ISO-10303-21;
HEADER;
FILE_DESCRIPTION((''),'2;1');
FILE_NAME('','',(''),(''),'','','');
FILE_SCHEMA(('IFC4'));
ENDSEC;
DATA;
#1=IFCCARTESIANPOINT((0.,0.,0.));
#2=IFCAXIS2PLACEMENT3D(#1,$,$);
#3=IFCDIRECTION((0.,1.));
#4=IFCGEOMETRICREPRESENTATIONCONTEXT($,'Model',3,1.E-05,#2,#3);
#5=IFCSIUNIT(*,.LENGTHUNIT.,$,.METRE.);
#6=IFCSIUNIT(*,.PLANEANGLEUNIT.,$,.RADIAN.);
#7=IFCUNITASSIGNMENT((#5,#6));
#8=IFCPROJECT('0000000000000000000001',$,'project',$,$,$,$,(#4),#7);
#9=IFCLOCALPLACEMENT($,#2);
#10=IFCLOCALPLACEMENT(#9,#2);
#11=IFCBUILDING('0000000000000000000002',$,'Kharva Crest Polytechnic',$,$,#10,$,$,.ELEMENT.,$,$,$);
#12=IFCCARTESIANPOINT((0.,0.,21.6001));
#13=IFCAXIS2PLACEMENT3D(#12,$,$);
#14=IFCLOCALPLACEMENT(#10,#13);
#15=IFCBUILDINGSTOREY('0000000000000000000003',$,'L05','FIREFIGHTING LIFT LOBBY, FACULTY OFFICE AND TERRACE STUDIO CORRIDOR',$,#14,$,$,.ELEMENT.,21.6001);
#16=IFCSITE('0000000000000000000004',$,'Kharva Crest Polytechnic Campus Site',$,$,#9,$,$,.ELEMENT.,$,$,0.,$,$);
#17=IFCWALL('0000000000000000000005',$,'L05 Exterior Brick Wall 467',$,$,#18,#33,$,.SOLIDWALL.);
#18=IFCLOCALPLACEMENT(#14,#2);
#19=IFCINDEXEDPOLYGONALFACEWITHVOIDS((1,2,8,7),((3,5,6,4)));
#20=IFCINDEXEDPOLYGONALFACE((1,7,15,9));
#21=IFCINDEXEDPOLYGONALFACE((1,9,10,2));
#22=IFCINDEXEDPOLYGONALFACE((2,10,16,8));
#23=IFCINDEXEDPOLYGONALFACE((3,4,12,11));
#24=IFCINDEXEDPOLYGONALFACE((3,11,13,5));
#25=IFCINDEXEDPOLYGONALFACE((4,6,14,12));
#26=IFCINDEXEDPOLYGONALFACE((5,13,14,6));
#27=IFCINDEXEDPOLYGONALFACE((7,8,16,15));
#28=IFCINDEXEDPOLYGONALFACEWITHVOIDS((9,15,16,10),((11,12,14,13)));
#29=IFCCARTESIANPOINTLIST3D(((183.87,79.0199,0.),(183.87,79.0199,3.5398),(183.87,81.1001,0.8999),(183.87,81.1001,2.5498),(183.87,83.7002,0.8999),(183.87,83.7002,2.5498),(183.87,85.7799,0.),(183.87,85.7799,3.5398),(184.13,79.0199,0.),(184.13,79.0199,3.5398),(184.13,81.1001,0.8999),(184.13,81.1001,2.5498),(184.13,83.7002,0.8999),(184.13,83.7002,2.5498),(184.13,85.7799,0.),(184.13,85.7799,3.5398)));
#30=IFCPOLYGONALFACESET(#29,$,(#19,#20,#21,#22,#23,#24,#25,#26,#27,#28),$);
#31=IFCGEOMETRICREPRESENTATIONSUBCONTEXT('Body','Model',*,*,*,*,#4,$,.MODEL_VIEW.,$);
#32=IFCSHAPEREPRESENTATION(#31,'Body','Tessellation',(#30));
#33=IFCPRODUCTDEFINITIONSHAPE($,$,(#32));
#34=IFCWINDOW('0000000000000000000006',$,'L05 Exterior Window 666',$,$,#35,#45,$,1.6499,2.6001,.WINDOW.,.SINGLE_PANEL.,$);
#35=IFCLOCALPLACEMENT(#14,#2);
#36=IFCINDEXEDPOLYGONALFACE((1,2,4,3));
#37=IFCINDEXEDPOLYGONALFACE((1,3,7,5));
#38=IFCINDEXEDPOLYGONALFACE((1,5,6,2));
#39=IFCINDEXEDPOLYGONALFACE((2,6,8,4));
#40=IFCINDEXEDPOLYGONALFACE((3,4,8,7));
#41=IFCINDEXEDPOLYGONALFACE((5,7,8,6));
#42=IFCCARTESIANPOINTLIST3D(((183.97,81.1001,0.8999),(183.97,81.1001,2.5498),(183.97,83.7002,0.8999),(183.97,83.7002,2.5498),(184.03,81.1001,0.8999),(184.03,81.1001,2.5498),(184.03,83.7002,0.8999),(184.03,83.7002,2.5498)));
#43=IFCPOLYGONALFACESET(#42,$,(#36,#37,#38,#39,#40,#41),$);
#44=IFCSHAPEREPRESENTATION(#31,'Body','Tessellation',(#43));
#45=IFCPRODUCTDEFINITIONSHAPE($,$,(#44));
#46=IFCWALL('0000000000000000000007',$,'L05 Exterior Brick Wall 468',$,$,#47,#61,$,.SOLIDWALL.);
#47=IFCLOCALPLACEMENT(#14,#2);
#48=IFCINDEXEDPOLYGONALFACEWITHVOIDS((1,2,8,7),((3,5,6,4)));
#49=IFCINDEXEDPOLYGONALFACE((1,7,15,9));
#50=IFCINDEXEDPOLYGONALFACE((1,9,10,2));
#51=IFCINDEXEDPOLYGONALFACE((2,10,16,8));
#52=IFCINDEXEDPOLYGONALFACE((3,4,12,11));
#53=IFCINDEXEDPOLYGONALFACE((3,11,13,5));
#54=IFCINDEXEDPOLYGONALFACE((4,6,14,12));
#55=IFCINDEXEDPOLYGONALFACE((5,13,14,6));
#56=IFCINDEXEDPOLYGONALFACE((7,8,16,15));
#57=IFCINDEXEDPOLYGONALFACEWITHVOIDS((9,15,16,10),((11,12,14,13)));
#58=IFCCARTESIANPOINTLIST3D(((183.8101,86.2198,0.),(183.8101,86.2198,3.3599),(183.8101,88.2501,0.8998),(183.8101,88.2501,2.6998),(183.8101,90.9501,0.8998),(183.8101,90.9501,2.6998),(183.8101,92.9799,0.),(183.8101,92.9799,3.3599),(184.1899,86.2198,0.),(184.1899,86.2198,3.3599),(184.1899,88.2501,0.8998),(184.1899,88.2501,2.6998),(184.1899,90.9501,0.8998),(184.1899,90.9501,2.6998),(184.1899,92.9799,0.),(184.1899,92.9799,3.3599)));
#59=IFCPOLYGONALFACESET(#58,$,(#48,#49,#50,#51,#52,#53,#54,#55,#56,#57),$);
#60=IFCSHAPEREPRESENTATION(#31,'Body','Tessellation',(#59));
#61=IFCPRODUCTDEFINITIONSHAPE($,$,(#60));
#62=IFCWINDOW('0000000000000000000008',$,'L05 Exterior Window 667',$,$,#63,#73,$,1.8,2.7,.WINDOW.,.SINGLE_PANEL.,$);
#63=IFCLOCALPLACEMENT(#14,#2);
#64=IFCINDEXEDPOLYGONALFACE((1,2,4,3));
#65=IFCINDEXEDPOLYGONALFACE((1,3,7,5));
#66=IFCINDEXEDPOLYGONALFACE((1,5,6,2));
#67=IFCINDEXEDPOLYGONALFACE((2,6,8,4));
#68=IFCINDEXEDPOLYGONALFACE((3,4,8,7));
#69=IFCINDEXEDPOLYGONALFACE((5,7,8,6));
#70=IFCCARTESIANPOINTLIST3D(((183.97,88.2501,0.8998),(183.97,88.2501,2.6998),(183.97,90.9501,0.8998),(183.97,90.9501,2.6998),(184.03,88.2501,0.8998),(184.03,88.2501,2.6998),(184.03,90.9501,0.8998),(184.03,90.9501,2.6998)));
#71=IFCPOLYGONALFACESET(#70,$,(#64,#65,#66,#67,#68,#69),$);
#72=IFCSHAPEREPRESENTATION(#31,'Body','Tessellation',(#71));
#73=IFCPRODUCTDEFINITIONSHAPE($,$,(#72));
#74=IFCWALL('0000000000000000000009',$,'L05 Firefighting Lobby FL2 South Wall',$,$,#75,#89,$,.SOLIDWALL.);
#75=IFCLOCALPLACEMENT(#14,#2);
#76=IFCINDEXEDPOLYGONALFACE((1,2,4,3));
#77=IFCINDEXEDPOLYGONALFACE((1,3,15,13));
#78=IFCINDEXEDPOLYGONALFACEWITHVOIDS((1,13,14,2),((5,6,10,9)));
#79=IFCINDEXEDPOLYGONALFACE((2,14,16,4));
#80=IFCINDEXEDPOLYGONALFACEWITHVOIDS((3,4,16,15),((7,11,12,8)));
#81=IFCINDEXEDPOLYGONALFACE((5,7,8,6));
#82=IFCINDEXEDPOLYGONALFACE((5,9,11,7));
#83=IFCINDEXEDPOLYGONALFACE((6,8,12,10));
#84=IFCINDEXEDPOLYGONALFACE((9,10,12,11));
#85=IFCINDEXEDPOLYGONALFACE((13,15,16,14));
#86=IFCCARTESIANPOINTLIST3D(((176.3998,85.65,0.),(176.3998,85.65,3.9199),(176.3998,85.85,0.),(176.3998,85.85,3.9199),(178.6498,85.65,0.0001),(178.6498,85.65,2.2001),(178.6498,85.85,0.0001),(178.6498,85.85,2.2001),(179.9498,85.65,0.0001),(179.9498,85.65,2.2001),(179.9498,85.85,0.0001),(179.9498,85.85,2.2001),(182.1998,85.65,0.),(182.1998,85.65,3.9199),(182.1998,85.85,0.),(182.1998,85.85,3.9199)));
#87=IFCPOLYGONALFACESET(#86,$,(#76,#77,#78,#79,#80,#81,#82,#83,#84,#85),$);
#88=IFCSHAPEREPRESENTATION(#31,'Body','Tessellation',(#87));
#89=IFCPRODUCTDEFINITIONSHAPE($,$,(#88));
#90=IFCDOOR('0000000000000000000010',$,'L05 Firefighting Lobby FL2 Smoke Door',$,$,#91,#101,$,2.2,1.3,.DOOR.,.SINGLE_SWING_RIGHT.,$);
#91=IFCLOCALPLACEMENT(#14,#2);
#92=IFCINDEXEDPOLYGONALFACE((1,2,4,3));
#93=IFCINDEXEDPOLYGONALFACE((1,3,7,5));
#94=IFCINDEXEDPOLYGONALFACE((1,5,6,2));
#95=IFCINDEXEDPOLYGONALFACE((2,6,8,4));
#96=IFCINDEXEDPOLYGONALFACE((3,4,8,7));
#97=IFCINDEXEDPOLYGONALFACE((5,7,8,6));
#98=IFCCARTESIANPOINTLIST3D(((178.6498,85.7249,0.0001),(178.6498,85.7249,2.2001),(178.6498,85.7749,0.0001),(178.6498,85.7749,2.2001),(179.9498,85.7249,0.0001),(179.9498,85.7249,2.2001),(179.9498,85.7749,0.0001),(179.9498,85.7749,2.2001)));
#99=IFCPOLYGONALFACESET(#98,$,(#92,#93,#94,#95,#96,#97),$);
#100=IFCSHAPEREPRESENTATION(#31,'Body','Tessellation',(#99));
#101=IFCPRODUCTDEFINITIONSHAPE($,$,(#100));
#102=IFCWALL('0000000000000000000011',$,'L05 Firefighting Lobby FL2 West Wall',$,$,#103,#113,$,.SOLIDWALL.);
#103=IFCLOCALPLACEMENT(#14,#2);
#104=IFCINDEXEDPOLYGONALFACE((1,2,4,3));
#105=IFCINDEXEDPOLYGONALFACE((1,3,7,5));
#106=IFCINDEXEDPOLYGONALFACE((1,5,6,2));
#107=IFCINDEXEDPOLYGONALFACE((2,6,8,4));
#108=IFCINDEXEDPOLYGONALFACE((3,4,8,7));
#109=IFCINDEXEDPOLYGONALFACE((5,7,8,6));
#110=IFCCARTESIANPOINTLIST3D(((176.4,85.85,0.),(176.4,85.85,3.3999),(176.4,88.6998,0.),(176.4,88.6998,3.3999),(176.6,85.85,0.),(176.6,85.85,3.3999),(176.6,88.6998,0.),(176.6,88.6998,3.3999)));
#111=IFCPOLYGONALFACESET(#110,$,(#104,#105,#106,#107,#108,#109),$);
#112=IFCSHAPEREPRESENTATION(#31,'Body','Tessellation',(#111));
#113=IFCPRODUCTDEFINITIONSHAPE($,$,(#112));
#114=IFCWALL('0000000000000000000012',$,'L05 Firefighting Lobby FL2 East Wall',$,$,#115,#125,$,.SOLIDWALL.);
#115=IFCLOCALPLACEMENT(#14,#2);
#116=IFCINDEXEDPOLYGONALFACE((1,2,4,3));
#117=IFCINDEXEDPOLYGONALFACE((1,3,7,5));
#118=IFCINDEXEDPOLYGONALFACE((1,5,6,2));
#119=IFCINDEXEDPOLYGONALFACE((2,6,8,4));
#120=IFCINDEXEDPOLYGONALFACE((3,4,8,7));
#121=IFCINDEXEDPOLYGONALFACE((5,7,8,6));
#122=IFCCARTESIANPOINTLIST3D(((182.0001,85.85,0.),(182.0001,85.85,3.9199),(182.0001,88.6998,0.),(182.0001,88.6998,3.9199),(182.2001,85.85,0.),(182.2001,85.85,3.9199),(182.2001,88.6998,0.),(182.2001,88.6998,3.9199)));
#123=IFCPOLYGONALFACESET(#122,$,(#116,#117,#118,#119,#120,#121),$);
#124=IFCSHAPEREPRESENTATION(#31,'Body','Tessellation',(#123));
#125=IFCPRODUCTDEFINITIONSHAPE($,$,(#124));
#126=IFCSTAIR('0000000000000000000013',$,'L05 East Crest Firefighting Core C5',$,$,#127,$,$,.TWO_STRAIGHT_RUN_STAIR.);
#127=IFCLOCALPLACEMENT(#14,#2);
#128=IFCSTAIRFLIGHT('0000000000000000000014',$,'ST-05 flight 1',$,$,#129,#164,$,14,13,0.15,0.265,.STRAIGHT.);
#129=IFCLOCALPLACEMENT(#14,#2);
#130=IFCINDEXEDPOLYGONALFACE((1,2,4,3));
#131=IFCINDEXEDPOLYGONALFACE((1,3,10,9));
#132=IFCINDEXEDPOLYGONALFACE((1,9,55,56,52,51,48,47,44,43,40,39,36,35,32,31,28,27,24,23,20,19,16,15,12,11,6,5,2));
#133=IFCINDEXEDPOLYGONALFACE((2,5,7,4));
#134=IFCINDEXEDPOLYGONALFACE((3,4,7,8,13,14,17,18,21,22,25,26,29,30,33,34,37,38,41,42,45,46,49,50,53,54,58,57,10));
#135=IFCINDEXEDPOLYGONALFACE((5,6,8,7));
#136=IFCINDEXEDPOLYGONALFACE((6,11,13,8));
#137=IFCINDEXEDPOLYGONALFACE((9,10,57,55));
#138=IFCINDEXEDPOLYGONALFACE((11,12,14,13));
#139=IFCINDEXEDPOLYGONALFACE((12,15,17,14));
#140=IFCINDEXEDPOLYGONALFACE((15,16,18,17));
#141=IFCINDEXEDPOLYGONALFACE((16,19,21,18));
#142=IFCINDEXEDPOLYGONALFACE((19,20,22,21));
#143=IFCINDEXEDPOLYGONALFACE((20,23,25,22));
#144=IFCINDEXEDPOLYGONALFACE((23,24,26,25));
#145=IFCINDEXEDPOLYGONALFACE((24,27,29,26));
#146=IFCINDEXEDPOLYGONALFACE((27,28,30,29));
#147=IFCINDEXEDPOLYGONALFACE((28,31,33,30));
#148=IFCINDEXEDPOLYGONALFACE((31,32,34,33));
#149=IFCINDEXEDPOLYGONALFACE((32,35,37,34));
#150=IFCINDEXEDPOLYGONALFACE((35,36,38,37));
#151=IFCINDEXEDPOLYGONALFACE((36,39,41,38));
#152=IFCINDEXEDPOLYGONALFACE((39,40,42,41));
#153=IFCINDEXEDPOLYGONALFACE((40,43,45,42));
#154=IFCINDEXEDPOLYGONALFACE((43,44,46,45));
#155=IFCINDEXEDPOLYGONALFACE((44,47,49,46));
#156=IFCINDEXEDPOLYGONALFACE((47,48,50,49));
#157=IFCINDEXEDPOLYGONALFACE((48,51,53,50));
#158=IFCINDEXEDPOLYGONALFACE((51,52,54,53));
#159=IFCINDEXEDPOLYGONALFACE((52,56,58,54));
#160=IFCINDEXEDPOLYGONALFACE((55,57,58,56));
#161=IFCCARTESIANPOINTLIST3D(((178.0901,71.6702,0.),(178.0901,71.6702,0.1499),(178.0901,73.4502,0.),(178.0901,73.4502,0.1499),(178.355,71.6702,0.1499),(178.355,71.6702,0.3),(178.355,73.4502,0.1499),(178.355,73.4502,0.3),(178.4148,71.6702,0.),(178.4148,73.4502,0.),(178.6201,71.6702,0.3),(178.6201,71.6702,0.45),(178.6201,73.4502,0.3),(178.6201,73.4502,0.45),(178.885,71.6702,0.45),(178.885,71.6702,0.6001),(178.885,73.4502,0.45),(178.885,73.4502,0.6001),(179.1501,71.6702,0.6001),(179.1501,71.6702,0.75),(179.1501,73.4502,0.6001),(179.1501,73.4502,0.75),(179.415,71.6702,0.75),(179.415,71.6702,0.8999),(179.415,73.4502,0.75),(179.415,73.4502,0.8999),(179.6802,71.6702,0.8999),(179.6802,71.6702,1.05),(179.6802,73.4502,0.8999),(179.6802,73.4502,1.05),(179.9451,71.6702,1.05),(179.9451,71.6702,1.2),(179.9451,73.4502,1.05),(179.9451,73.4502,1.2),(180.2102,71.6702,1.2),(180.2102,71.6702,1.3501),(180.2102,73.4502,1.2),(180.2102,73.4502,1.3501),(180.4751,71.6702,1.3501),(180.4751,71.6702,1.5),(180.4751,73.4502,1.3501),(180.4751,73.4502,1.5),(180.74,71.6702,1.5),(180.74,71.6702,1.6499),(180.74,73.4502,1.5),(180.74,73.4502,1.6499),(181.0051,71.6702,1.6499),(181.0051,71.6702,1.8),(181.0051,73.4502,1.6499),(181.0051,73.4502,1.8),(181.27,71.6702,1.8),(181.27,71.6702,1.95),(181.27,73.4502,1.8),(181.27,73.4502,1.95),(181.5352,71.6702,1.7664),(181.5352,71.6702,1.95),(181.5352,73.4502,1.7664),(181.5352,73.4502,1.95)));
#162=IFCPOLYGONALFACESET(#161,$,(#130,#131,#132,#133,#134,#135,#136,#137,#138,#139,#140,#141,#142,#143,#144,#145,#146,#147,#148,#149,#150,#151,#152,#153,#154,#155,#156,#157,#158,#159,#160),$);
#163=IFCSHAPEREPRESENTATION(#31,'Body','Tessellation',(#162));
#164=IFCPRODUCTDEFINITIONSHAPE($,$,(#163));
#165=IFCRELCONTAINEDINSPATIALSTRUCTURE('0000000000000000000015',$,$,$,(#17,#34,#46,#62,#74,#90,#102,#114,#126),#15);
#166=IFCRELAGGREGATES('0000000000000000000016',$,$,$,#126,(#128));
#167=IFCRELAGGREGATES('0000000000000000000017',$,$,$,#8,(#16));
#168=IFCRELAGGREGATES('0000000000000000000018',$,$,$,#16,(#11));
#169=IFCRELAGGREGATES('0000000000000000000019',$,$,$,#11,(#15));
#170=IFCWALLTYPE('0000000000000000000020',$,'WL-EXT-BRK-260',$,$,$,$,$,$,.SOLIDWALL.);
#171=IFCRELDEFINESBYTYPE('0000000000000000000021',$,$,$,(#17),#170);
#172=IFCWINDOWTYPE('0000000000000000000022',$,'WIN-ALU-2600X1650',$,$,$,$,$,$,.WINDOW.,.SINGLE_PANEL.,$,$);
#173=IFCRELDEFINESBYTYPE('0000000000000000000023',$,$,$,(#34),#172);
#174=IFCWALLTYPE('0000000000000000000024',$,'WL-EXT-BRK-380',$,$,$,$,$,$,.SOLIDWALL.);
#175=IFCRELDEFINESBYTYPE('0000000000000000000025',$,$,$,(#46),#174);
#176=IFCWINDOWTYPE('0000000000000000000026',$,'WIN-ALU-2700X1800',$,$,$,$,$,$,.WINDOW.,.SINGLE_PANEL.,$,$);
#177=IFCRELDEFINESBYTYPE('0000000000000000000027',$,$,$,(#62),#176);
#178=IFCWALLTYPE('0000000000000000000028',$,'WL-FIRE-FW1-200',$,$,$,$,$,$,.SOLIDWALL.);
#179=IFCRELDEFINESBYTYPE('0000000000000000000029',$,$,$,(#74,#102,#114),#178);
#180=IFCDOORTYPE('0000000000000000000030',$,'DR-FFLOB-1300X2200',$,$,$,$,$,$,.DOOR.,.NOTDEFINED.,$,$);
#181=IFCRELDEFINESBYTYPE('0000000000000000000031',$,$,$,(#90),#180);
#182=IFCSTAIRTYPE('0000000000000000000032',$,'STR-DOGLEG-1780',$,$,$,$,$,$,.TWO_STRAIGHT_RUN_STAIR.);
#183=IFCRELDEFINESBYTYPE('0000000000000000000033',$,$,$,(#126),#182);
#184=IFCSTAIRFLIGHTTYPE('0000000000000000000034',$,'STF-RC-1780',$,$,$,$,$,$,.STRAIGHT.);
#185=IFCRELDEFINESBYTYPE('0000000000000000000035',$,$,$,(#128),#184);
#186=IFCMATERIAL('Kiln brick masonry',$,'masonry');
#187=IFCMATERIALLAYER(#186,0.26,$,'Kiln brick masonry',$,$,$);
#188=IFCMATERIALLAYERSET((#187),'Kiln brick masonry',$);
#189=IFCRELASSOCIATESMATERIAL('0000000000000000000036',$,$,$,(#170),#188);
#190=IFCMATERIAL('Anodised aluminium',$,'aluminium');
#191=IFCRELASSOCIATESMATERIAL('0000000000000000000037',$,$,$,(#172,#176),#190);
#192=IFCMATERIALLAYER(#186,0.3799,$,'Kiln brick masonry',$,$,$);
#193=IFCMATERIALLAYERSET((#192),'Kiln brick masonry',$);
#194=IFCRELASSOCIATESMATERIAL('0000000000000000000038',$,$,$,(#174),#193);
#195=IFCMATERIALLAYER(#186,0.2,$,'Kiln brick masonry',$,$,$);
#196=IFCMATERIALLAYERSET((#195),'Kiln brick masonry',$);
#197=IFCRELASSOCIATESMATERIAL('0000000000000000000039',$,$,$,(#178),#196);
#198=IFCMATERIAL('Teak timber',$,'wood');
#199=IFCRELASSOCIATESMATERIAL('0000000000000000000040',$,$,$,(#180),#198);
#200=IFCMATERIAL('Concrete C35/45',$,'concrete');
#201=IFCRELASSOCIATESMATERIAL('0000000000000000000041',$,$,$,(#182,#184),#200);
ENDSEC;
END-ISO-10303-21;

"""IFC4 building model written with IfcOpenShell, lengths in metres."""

from ifc_helpers import new_model, si_unit, direction, frame, frame_2d, origin, place, context, subcontext, project, spatial, polyline, rectangle, outline, extrude, material, layer, layer_set, type_object, element, fill, aggregate, save


model = new_model("IFC4")

# Units and contexts
model_context = context("Model", 3, precision=1e-05, world=origin(), true_north=direction((0.0, 1.0)))
body_context = subcontext(model_context, "Body", "Model", "MODEL_VIEW")
ifc_project = project(units=[si_unit("LENGTHUNIT", "METRE"), si_unit("PLANEANGLEUNIT", "RADIAN")], contexts=[model_context])

# Site, building, storey
site_placement = place(None, origin())
site = spatial("IfcSite", under=ifc_project, at=site_placement, Name="Kharva Crest Polytechnic Campus Site", CompositionType="ELEMENT", RefElevation=0.0)
building_placement = place(site_placement, origin())
building = spatial("IfcBuilding", under=site, at=building_placement, Name="Kharva Crest Polytechnic", CompositionType="ELEMENT")
storey_placement = place(building_placement, frame((0.0, 0.0, 21.6001)))
storey = spatial("IfcBuildingStorey", under=building, at=storey_placement, Name="L05", Description="FIREFIGHTING LIFT LOBBY, FACULTY OFFICE AND TERRACE STUDIO CORRIDOR", CompositionType="ELEMENT", Elevation=21.6001)

# Shared definitions
ifc_material_1 = material(Name="Concrete C35/45", Category="concrete")

# Shared definitions
ifc_material_2 = material(Name="Teak timber", Category="wood")

# Walls, openings, windows
ifc_material_3 = material(Name="Kiln brick masonry", Category="masonry")
ifc_layer_1 = layer(ifc_material_3, 0.26, Name="Kiln brick masonry")
ifc_layer_set_1 = layer_set([ifc_layer_1], Name="Kiln brick masonry")
wall_type_1 = type_object("IfcWallType", Name="WL-EXT-BRK-260", PredefinedType="SOLIDWALL", material=ifc_layer_set_1)
wall_1_placement = place(storey_placement, frame((184.0, 79.02, 0.0), z_axis=(0.0, 0.0, 1.0), x_axis=(0.0, 1.0, 0.0)))
wall_1 = element("IfcWall", 1, at=wall_1_placement, inside=storey, type_object=wall_type_1, Name="L05 Exterior Brick Wall 467", PredefinedType="SOLIDWALL", context=body_context, shape_type="SweptSolid", body=[
    extrude(rectangle(XDim=6.76, YDim=0.26, at=frame_2d((3.3799, 0.0))), origin(), (0.0, 0.0, 1.0), 3.5398),
])
opening_1_placement = place(wall_1_placement, frame((2.0801, 0.0, 0.8999)))
opening_1 = element("IfcOpeningElement", 2, at=opening_1_placement, cuts=wall_1, PredefinedType="OPENING", context=body_context, shape_type="SweptSolid", body=[
    extrude(rectangle(XDim=2.6001, YDim=1.6499, at=frame_2d((1.3, 0.825))), frame((0.0, 0.1399, 0.0), z_axis=(0.0, -1.0, 0.0), x_axis=(1.0, 0.0, 0.0)), (0.0, 0.0, 1.0), 0.28),
])
ifc_material_4 = material(Name="Anodised aluminium", Category="aluminium")
window_type_1 = type_object("IfcWindowType", Name="WIN-ALU-2600X1650", PartitioningType="SINGLE_PANEL", PredefinedType="WINDOW", material=ifc_material_4)
window_1_placement = place(opening_1_placement, origin())
window_1 = element("IfcWindow", 3, at=window_1_placement, inside=storey, type_object=window_type_1, Name="L05 Exterior Window 666", OverallHeight=1.6499, OverallWidth=2.6001, PartitioningType="SINGLE_PANEL", PredefinedType="WINDOW", context=body_context, shape_type="SweptSolid", body=[
    extrude(rectangle(XDim=2.6001, YDim=1.6499, at=frame_2d((1.3, 0.825))), frame((0.0, 0.03, 0.0), z_axis=(0.0, -1.0, 0.0), x_axis=(1.0, 0.0, 0.0)), (0.0, 0.0, 1.0), 0.0601),
])
fill(opening_1, window_1)
ifc_layer_2 = layer(ifc_material_3, 0.3799, Name="Kiln brick masonry")
ifc_layer_set_2 = layer_set([ifc_layer_2], Name="Kiln brick masonry")
wall_type_2 = type_object("IfcWallType", Name="WL-EXT-BRK-380", PredefinedType="SOLIDWALL", material=ifc_layer_set_2)
wall_2_placement = place(storey_placement, frame((184.0, 86.22, 0.0), z_axis=(0.0, 0.0, 1.0), x_axis=(0.0, 1.0, 0.0)))
wall_2 = element("IfcWall", 4, at=wall_2_placement, inside=storey, type_object=wall_type_2, Name="L05 Exterior Brick Wall 468", PredefinedType="SOLIDWALL", context=body_context, shape_type="SweptSolid", body=[
    extrude(rectangle(XDim=6.76, YDim=0.3799, at=frame_2d((3.3799, 0.0))), origin(), (0.0, 0.0, 1.0), 3.3599),
])
opening_2_placement = place(wall_2_placement, frame((2.03, 0.0, 0.8999)))
opening_2 = element("IfcOpeningElement", 5, at=opening_2_placement, cuts=wall_2, PredefinedType="OPENING", context=body_context, shape_type="SweptSolid", body=[
    extrude(rectangle(XDim=2.7, YDim=1.8, at=frame_2d((1.3501, 0.8999))), frame((0.0, 0.2, 0.0), z_axis=(0.0, -1.0, 0.0), x_axis=(1.0, 0.0, 0.0)), (0.0, 0.0, 1.0), 0.3999),
])
window_type_2 = type_object("IfcWindowType", Name="WIN-ALU-2700X1800", PartitioningType="SINGLE_PANEL", PredefinedType="WINDOW", material=ifc_material_4)
window_2_placement = place(opening_2_placement, origin())
window_2 = element("IfcWindow", 6, at=window_2_placement, inside=storey, type_object=window_type_2, Name="L05 Exterior Window 667", OverallHeight=1.8, OverallWidth=2.7, PartitioningType="SINGLE_PANEL", PredefinedType="WINDOW", context=body_context, shape_type="SweptSolid", body=[
    extrude(rectangle(XDim=2.7, YDim=1.8, at=frame_2d((1.3501, 0.8999))), frame((0.0, 0.03, 0.0), z_axis=(0.0, -1.0, 0.0), x_axis=(1.0, 0.0, 0.0)), (0.0, 0.0, 1.0), 0.0601),
])
fill(opening_2, window_2)

# Wall, opening, door
ifc_layer_3 = layer(ifc_material_3, 0.2, Name="Kiln brick masonry")
ifc_layer_set_3 = layer_set([ifc_layer_3], Name="Kiln brick masonry")
wall_type_3 = type_object("IfcWallType", Name="WL-FIRE-FW1-200", PredefinedType="SOLIDWALL", material=ifc_layer_set_3)
wall_3_placement = place(storey_placement, frame((176.3999, 85.75, 0.0), z_axis=(0.0, 0.0, 1.0), x_axis=(1.0, 0.0, 0.0)))
wall_3 = element("IfcWall", 7, at=wall_3_placement, inside=storey, type_object=wall_type_3, Name="L05 Firefighting Lobby FL2 South Wall", PredefinedType="SOLIDWALL", context=body_context, shape_type="SweptSolid", body=[
    extrude(rectangle(XDim=5.8, YDim=0.2, at=frame_2d((2.8999, 0.0))), origin(), (0.0, 0.0, 1.0), 3.9199),
])
opening_3_placement = place(wall_3_placement, frame((2.25, 0.0, 0.0)))
opening_3 = element("IfcOpeningElement", 8, at=opening_3_placement, cuts=wall_3, PredefinedType="OPENING", context=body_context, shape_type="SweptSolid", body=[
    extrude(rectangle(XDim=1.3, YDim=2.2, at=frame_2d((0.6499, 1.1001))), frame((0.0, 0.1099, 0.0), z_axis=(0.0, -1.0, 0.0), x_axis=(1.0, 0.0, 0.0)), (0.0, 0.0, 1.0), 0.22),
])
door_type_1 = type_object("IfcDoorType", Name="DR-FFLOB-1300X2200", OperationType="NOTDEFINED", PredefinedType="DOOR", material=ifc_material_2)
door_1_placement = place(opening_3_placement, origin())
door_1 = element("IfcDoor", 9, at=door_1_placement, inside=storey, type_object=door_type_1, Name="L05 Firefighting Lobby FL2 Smoke Door", OperationType="SINGLE_SWING_RIGHT", OverallHeight=2.2, OverallWidth=1.3, PredefinedType="DOOR", context=body_context, shape_type="SweptSolid", body=[
    extrude(rectangle(XDim=1.3, YDim=2.2, at=frame_2d((0.6499, 1.1001))), frame((0.0, 0.0249, 0.0), z_axis=(0.0, -1.0, 0.0), x_axis=(1.0, 0.0, 0.0)), (0.0, 0.0, 1.0), 0.05),
])
fill(opening_3, door_1)

# Walls
wall_4_placement = place(storey_placement, frame((176.5, 85.8501, 0.0), z_axis=(0.0, 0.0, 1.0), x_axis=(0.0, 1.0, 0.0)))
element("IfcWall", 10, at=wall_4_placement, inside=storey, type_object=wall_type_3, Name="L05 Firefighting Lobby FL2 West Wall", PredefinedType="SOLIDWALL", context=body_context, shape_type="SweptSolid", body=[
    extrude(rectangle(XDim=2.8499, YDim=0.2, at=frame_2d((1.4248, 0.0))), origin(), (0.0, 0.0, 1.0), 3.3999),
])
wall_5_placement = place(storey_placement, frame((182.1001, 85.8501, 0.0), z_axis=(0.0, 0.0, 1.0), x_axis=(0.0, 1.0, 0.0)))
element("IfcWall", 11, at=wall_5_placement, inside=storey, type_object=wall_type_3, Name="L05 Firefighting Lobby FL2 East Wall", PredefinedType="SOLIDWALL", context=body_context, shape_type="SweptSolid", body=[
    extrude(rectangle(XDim=2.8499, YDim=0.2, at=frame_2d((1.4248, 0.0))), origin(), (0.0, 0.0, 1.0), 3.9199),
])

# Stair, stair flight
stair_type = type_object("IfcStairType", Name="STR-DOGLEG-1780", PredefinedType="TWO_STRAIGHT_RUN_STAIR", material=ifc_material_1)
stair_placement = place(storey_placement, origin())
stair = element("IfcStair", 12, at=stair_placement, inside=storey, type_object=stair_type, Name="L05 East Crest Firefighting Core C5", PredefinedType="TWO_STRAIGHT_RUN_STAIR")
stair_flight_type = type_object("IfcStairFlightType", Name="STF-RC-1780", PredefinedType="STRAIGHT", material=ifc_material_1)
stair_flight_1_placement = place(storey_placement, frame((178.0901, 72.5601, 0.0), z_axis=(0.0, 0.0, 1.0), x_axis=(1.0, 0.0, 0.0)))
stair_flight_1 = element("IfcStairFlight", 13, at=stair_flight_1_placement, type_object=stair_flight_type, Name="ST-05 flight 1", NumberOfRisers=14, NumberOfTreads=13, PredefinedType="STRAIGHT", RiserHeight=0.15, TreadLength=0.265, context=body_context, shape_type="SweptSolid", body=[
    extrude(outline(polyline([(0.0, 0.0), (0.0, 0.1499), (0.2649, 0.1499), (0.2649, 0.3), (0.53, 0.3), (0.53, 0.45), (0.7949, 0.45), (0.7949, 0.6001), (1.0601, 0.6001), (1.0601, 0.75), (1.325, 0.75), (1.325, 0.8999), (1.5901, 0.8999), (1.5901, 1.05), (1.855, 1.05), (1.855, 1.2), (2.1201, 1.2), (2.1201, 1.3501), (2.385, 1.3501), (2.385, 1.5), (2.6499, 1.5), (2.6499, 1.6499), (2.915, 1.6499), (2.915, 1.8), (3.1799, 1.8), (3.1799, 1.95), (3.4451, 1.95), (3.4451, 2.1001), (3.4451, 1.7664), (0.3247, 0.0), (0.0, 0.0)])), frame((0.0, 0.8901, 0.0), z_axis=(0.0, -1.0, 0.0), x_axis=(1.0, 0.0, 0.0)), (0.0, 0.0, 1.0), 1.78),
])
aggregate(stair, [stair_flight_1])

save(model, "model.ifc")
